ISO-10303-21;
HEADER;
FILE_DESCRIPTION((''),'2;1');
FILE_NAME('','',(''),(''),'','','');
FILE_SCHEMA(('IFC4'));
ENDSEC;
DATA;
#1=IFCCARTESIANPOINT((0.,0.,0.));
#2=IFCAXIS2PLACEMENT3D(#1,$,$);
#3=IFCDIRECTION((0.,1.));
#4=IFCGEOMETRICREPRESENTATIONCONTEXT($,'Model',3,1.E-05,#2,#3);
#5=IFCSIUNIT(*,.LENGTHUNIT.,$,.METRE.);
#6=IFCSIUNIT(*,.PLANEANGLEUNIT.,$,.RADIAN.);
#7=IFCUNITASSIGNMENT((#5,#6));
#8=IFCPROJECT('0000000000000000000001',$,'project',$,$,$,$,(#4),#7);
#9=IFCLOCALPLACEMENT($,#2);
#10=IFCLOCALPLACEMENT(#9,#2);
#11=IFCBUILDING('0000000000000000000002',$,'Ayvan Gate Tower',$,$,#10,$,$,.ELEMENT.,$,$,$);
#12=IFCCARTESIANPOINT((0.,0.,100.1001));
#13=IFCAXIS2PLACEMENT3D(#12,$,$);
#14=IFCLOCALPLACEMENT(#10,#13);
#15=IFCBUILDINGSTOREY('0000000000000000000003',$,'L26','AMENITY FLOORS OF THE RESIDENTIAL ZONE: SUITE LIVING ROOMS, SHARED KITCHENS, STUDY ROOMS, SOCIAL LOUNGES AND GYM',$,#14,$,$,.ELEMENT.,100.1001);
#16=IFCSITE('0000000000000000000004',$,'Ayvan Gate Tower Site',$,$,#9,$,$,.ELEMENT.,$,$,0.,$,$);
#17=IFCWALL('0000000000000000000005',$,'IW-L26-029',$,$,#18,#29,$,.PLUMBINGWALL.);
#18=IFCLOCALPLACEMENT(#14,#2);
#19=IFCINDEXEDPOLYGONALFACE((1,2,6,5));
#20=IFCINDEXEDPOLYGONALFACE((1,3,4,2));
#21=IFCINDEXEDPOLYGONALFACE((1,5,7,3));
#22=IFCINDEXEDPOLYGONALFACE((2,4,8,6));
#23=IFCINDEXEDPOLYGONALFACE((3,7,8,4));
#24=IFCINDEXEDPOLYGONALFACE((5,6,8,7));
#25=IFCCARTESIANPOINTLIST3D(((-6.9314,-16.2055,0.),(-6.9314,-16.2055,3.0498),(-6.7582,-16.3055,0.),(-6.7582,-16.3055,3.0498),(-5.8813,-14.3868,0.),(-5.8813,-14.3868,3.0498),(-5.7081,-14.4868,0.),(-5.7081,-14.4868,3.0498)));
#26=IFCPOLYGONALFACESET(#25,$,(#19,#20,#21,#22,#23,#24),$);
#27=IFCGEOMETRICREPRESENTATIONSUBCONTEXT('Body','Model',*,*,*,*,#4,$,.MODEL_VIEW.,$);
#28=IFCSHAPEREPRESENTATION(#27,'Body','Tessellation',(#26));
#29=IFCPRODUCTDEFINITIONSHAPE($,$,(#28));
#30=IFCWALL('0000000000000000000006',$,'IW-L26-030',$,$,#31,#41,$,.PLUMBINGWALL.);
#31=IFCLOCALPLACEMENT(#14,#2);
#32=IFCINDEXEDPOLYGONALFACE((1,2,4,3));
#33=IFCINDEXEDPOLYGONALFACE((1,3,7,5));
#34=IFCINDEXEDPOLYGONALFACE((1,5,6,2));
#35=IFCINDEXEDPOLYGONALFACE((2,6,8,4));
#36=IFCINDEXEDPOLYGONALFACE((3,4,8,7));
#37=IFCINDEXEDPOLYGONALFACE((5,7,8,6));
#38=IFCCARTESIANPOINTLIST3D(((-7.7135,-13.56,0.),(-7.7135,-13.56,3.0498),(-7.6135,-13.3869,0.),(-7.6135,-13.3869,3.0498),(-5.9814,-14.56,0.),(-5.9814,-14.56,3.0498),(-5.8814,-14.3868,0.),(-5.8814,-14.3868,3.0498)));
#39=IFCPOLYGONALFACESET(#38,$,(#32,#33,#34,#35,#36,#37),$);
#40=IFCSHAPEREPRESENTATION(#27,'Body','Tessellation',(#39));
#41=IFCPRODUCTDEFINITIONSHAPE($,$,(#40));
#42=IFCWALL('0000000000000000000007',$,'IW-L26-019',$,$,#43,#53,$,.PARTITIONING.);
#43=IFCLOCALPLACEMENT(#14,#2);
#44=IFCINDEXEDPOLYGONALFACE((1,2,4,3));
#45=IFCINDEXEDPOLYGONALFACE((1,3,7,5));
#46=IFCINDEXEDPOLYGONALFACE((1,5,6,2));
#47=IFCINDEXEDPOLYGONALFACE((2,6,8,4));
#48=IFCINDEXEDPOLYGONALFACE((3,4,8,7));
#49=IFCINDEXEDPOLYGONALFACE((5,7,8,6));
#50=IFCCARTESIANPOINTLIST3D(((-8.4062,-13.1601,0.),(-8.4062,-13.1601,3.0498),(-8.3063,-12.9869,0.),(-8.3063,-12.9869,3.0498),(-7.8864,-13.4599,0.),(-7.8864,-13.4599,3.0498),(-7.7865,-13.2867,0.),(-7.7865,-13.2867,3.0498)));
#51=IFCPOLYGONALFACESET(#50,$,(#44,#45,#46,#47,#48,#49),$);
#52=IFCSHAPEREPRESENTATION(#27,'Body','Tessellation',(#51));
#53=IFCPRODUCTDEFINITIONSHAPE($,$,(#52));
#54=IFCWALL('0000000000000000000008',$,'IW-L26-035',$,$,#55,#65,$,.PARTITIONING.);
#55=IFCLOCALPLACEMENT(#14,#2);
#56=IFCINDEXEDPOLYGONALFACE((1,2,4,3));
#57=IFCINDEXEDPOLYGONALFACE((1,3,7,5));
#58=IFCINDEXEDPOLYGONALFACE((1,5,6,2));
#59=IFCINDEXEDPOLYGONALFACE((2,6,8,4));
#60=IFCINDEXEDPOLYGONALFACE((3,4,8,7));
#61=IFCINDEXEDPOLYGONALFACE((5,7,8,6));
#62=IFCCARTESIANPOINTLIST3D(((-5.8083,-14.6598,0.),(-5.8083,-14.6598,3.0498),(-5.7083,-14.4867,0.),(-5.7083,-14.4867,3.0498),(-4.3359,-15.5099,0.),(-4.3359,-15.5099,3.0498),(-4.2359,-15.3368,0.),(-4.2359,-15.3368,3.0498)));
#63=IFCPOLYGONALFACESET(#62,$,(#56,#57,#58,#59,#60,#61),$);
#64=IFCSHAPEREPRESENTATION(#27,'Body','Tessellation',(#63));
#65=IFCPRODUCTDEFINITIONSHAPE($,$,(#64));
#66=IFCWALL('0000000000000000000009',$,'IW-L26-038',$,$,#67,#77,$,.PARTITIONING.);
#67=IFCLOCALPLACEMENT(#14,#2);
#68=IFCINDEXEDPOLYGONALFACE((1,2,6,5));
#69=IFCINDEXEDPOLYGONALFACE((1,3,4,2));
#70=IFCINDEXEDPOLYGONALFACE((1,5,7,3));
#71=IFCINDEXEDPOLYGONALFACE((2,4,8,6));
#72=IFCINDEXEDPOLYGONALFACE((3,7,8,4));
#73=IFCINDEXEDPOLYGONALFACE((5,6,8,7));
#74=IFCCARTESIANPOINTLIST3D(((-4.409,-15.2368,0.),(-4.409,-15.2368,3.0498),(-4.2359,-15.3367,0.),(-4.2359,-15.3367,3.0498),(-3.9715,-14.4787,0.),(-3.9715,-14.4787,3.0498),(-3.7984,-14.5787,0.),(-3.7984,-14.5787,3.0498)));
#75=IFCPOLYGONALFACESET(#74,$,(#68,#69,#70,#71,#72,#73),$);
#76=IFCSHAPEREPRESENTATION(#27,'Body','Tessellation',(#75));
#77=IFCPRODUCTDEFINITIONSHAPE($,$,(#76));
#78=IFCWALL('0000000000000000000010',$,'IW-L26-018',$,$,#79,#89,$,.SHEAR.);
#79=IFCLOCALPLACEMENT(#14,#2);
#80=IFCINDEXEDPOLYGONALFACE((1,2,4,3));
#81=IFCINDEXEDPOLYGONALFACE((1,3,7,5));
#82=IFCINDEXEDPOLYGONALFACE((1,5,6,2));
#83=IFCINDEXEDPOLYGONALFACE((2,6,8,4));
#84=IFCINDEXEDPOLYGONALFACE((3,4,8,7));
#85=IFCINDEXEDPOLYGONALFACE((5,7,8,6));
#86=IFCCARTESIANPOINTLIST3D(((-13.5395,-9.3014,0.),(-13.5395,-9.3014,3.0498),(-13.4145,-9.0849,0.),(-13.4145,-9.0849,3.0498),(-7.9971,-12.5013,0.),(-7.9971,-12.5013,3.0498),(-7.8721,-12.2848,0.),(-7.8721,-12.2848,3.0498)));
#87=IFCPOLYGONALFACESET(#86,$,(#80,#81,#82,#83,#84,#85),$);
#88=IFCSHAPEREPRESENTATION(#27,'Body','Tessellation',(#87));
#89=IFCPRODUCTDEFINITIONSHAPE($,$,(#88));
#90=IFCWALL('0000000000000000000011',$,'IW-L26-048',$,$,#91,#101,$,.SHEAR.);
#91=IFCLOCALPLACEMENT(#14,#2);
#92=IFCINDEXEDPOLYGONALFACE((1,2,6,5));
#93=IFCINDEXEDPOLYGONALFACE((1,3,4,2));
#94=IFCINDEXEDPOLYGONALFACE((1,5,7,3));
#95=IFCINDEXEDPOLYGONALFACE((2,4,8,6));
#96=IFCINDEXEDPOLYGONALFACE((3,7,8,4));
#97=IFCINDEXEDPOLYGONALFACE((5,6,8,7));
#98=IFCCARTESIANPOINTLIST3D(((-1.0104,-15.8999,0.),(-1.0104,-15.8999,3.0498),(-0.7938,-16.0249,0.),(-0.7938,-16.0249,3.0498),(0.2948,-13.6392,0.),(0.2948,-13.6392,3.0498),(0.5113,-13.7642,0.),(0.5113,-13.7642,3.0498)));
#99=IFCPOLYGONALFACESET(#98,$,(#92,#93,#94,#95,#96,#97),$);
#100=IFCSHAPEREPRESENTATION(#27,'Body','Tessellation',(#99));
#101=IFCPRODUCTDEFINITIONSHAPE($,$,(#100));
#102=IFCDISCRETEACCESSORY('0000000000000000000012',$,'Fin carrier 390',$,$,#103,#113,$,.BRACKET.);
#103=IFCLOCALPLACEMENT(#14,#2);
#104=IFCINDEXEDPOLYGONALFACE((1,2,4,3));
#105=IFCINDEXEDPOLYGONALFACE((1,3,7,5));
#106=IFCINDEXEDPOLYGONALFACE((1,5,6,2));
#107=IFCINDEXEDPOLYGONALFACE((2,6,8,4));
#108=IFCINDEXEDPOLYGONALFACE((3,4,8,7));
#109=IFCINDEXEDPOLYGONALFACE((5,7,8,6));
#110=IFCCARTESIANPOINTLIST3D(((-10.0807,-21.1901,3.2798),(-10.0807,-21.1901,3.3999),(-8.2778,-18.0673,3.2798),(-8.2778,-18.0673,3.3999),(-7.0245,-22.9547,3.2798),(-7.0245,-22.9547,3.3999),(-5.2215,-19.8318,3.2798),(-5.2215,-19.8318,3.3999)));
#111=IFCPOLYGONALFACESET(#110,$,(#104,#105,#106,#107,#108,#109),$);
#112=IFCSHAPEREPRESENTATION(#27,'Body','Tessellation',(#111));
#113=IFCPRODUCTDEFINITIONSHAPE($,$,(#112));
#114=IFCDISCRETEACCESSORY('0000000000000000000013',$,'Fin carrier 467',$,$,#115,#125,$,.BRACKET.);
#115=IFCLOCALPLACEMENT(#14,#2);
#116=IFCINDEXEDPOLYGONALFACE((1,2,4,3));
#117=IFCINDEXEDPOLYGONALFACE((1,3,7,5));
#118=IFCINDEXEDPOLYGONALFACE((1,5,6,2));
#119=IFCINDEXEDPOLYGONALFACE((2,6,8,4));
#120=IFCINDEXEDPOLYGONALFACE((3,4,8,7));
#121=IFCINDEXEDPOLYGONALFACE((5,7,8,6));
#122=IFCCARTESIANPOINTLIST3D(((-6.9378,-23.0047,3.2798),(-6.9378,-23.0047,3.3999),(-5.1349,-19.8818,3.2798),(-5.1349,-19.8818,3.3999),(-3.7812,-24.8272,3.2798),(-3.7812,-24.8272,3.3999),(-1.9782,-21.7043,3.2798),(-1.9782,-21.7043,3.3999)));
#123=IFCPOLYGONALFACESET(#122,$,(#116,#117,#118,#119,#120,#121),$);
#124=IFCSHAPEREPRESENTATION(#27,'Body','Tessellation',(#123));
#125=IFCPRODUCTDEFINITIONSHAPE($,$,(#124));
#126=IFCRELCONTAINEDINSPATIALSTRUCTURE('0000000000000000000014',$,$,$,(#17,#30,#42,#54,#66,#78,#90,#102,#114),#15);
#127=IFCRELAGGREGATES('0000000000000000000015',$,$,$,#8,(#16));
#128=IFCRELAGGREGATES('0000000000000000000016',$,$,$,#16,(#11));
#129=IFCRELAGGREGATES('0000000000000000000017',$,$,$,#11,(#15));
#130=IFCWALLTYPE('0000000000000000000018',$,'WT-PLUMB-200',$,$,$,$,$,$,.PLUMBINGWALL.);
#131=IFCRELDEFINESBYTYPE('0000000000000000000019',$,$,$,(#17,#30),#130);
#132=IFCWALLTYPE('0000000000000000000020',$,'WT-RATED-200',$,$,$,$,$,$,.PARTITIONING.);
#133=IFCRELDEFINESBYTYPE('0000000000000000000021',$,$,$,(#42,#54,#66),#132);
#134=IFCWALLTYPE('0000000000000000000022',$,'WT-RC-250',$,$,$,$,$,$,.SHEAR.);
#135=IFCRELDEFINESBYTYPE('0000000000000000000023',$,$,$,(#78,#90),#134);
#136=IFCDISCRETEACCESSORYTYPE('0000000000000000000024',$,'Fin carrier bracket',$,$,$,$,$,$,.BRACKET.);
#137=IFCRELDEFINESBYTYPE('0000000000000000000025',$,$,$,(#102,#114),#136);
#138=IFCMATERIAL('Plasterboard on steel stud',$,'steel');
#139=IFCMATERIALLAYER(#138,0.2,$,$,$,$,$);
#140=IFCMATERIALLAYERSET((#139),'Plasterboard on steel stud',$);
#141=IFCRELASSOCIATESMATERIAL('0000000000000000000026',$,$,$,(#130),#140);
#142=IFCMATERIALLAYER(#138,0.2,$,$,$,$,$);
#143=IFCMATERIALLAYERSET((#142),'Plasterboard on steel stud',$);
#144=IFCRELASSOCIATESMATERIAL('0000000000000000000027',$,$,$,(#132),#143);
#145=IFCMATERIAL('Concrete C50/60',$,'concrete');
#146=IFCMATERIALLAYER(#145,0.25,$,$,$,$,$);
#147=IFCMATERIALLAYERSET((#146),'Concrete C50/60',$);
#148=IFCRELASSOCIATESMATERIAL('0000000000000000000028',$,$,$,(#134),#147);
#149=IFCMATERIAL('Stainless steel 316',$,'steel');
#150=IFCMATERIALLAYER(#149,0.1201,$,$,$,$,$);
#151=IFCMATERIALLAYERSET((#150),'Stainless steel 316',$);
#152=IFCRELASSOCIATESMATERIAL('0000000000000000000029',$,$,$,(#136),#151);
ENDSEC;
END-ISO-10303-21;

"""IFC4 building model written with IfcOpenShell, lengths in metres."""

from ifc_helpers import new_model, si_unit, direction, frame, frame_2d, origin, origin_2d, place, context, subcontext, project, spatial, rectangle, extrude, material, layer, layer_set, type_object, element, save


model = new_model("IFC4")

# Units and contexts
model_context = context("Model", 3, precision=1e-05, world=origin(), true_north=direction((0.0, 1.0)))
body_context = subcontext(model_context, "Body", "Model", "MODEL_VIEW")
ifc_project = project(units=[si_unit("LENGTHUNIT", "METRE"), si_unit("PLANEANGLEUNIT", "RADIAN")], contexts=[model_context])

# Site, building, storey
site_placement = place(None, origin())
site = spatial("IfcSite", under=ifc_project, at=site_placement, Name="Ayvan Gate Tower Site", CompositionType="ELEMENT", RefElevation=0.0)
building_placement = place(site_placement, origin())
building = spatial("IfcBuilding", under=site, at=building_placement, Name="Ayvan Gate Tower", CompositionType="ELEMENT")
storey_placement = place(building_placement, frame((0.0, 0.0, 100.1001)))
storey = spatial("IfcBuildingStorey", under=building, at=storey_placement, Name="L26", Description="AMENITY FLOORS OF THE RESIDENTIAL ZONE: SUITE LIVING ROOMS, SHARED KITCHENS, STUDY ROOMS, SOCIAL LOUNGES AND GYM", CompositionType="ELEMENT", Elevation=100.1001)

# Walls
ifc_material_1 = material(Name="Plasterboard on steel stud", Category="steel")
ifc_layer_1 = layer(ifc_material_1, 0.2)
ifc_layer_set_1 = layer_set([ifc_layer_1], Name="Plasterboard on steel stud")
wall_type_1 = type_object("IfcWallType", Name="WT-PLUMB-200", PredefinedType="PLUMBINGWALL", material=ifc_layer_set_1)
wall_1_placement = place(storey_placement, frame((-5.7947, -14.4368, 0.0), z_axis=(0.0, 0.0, 1.0), x_axis=(-0.500028, -0.866009, 0.0)))
element("IfcWall", 1, at=wall_1_placement, inside=storey, type_object=wall_type_1, Name="IW-L26-029", PredefinedType="PLUMBINGWALL", context=body_context, shape_type="SweptSolid", body=[
    extrude(rectangle(XDim=2.1001, YDim=0.2, at=frame_2d((1.05, 0.0))), origin(), (0.0, 0.0, 1.0), 3.0498),
])
wall_2_placement = place(storey_placement, frame((-5.9314, -14.4734, 0.0), z_axis=(0.0, 0.0, 1.0), x_axis=(-0.866041, 0.499973, 0.0)))
element("IfcWall", 2, at=wall_2_placement, inside=storey, type_object=wall_type_1, Name="IW-L26-030", PredefinedType="PLUMBINGWALL", context=body_context, shape_type="SweptSolid", body=[
    extrude(rectangle(XDim=2.0, YDim=0.2, at=frame_2d((1.0, 0.0))), origin(), (0.0, 0.0, 1.0), 3.0498),
])
ifc_layer_2 = layer(ifc_material_1, 0.2)
ifc_layer_set_2 = layer_set([ifc_layer_2], Name="Plasterboard on steel stud")
wall_type_2 = type_object("IfcWallType", Name="WT-RATED-200", PredefinedType="PARTITIONING", material=ifc_layer_set_2)
wall_3_placement = place(storey_placement, frame((-7.8364, -13.3733, 0.0), z_axis=(0.0, 0.0, 1.0), x_axis=(-0.866233, 0.49964, 0.0)))
element("IfcWall", 3, at=wall_3_placement, inside=storey, type_object=wall_type_2, Name="IW-L26-019", PredefinedType="PARTITIONING", context=body_context, shape_type="SweptSolid", body=[
    extrude(rectangle(XDim=0.6001, YDim=0.2, at=frame_2d((0.3, 0.0))), origin(), (0.0, 0.0, 1.0), 3.0498),
])
wall_4_placement = place(storey_placement, frame((-4.2859, -15.4233, 0.0), z_axis=(0.0, 0.0, 1.0), x_axis=(-0.866025, 0.5, 0.0)))
element("IfcWall", 4, at=wall_4_placement, inside=storey, type_object=wall_type_2, Name="IW-L26-035", PredefinedType="PARTITIONING", context=body_context, shape_type="SweptSolid", body=[
    extrude(rectangle(XDim=1.7002, YDim=0.2, at=frame_2d((0.8501, 0.0))), origin(), (0.0, 0.0, 1.0), 3.0498),
])
wall_5_placement = place(storey_placement, frame((-3.885, -14.5288, 0.0), z_axis=(0.0, 0.0, 1.0), x_axis=(-0.499859, -0.866107, 0.0)))
element("IfcWall", 5, at=wall_5_placement, inside=storey, type_object=wall_type_2, Name="IW-L26-038", PredefinedType="PARTITIONING", context=body_context, shape_type="SweptSolid", body=[
    extrude(rectangle(XDim=0.8752, YDim=0.2, at=frame_2d((0.4375, 0.0))), origin(), (0.0, 0.0, 1.0), 3.0498),
])
ifc_material_2 = material(Name="Concrete C50/60", Category="concrete")
ifc_layer_3 = layer(ifc_material_2, 0.25)
ifc_layer_set_3 = layer_set([ifc_layer_3], Name="Concrete C50/60")
wall_type_3 = type_object("IfcWallType", Name="WT-RC-250", PredefinedType="SHEAR", material=ifc_layer_set_3)
wall_6_placement = place(storey_placement, frame((-7.9346, -12.3931, 0.0), z_axis=(0.0, 0.0, 1.0), x_axis=(-0.866025, 0.5, 0.0)))
element("IfcWall", 6, at=wall_6_placement, inside=storey, type_object=wall_type_3, Name="IW-L26-018", PredefinedType="SHEAR", context=body_context, shape_type="SweptSolid", body=[
    extrude(rectangle(XDim=6.3999, YDim=0.25, at=frame_2d((3.2, 0.0))), origin(), (0.0, 0.0, 1.0), 3.0498),
])
wall_7_placement = place(storey_placement, frame((-0.9021, -15.9624, 0.0), z_axis=(0.0, 0.0, 1.0), x_axis=(0.499982, 0.866036, 0.0)))
element("IfcWall", 7, at=wall_7_placement, inside=storey, type_object=wall_type_3, Name="IW-L26-048", PredefinedType="SHEAR", context=body_context, shape_type="SweptSolid", body=[
    extrude(rectangle(XDim=2.6104, YDim=0.25, at=frame_2d((1.3052, 0.0))), origin(), (0.0, 0.0, 1.0), 3.0498),
])

# Discrete accessories
ifc_material_3 = material(Name="Stainless steel 316", Category="steel")
ifc_layer_4 = layer(ifc_material_3, 0.1201)
ifc_layer_set_4 = layer_set([ifc_layer_4], Name="Stainless steel 316")
discrete_accessory_type = type_object("IfcDiscreteAccessoryType", Name="Fin carrier bracket", PredefinedType="BRACKET", material=ifc_layer_set_4)
discrete_accessory_1_placement = place(storey_placement, frame((-7.6511, -20.511, 3.2798), z_axis=(0.0, 0.0, 1.0), x_axis=(0.866025, -0.5, 0.0)))
element("IfcDiscreteAccessory", 8, at=discrete_accessory_1_placement, inside=storey, type_object=discrete_accessory_type, Name="Fin carrier 390", PredefinedType="BRACKET", context=body_context, shape_type="SweptSolid", body=[
    extrude(rectangle(XDim=3.5291, YDim=3.606, at=origin_2d()), origin(), (0.0, 0.0, 1.0), 0.1201),
])
discrete_accessory_2_placement = place(storey_placement, frame((-4.458, -22.3545, 3.2798), z_axis=(0.0, 0.0, 1.0), x_axis=(0.866025, -0.5, 0.0)))
element("IfcDiscreteAccessory", 9, at=discrete_accessory_2_placement, inside=storey, type_object=discrete_accessory_type, Name="Fin carrier 467", PredefinedType="BRACKET", context=body_context, shape_type="SweptSolid", body=[
    extrude(rectangle(XDim=3.645, YDim=3.606, at=origin_2d()), origin(), (0.0, 0.0, 1.0), 0.1201),
])

save(model, "model.ifc")
